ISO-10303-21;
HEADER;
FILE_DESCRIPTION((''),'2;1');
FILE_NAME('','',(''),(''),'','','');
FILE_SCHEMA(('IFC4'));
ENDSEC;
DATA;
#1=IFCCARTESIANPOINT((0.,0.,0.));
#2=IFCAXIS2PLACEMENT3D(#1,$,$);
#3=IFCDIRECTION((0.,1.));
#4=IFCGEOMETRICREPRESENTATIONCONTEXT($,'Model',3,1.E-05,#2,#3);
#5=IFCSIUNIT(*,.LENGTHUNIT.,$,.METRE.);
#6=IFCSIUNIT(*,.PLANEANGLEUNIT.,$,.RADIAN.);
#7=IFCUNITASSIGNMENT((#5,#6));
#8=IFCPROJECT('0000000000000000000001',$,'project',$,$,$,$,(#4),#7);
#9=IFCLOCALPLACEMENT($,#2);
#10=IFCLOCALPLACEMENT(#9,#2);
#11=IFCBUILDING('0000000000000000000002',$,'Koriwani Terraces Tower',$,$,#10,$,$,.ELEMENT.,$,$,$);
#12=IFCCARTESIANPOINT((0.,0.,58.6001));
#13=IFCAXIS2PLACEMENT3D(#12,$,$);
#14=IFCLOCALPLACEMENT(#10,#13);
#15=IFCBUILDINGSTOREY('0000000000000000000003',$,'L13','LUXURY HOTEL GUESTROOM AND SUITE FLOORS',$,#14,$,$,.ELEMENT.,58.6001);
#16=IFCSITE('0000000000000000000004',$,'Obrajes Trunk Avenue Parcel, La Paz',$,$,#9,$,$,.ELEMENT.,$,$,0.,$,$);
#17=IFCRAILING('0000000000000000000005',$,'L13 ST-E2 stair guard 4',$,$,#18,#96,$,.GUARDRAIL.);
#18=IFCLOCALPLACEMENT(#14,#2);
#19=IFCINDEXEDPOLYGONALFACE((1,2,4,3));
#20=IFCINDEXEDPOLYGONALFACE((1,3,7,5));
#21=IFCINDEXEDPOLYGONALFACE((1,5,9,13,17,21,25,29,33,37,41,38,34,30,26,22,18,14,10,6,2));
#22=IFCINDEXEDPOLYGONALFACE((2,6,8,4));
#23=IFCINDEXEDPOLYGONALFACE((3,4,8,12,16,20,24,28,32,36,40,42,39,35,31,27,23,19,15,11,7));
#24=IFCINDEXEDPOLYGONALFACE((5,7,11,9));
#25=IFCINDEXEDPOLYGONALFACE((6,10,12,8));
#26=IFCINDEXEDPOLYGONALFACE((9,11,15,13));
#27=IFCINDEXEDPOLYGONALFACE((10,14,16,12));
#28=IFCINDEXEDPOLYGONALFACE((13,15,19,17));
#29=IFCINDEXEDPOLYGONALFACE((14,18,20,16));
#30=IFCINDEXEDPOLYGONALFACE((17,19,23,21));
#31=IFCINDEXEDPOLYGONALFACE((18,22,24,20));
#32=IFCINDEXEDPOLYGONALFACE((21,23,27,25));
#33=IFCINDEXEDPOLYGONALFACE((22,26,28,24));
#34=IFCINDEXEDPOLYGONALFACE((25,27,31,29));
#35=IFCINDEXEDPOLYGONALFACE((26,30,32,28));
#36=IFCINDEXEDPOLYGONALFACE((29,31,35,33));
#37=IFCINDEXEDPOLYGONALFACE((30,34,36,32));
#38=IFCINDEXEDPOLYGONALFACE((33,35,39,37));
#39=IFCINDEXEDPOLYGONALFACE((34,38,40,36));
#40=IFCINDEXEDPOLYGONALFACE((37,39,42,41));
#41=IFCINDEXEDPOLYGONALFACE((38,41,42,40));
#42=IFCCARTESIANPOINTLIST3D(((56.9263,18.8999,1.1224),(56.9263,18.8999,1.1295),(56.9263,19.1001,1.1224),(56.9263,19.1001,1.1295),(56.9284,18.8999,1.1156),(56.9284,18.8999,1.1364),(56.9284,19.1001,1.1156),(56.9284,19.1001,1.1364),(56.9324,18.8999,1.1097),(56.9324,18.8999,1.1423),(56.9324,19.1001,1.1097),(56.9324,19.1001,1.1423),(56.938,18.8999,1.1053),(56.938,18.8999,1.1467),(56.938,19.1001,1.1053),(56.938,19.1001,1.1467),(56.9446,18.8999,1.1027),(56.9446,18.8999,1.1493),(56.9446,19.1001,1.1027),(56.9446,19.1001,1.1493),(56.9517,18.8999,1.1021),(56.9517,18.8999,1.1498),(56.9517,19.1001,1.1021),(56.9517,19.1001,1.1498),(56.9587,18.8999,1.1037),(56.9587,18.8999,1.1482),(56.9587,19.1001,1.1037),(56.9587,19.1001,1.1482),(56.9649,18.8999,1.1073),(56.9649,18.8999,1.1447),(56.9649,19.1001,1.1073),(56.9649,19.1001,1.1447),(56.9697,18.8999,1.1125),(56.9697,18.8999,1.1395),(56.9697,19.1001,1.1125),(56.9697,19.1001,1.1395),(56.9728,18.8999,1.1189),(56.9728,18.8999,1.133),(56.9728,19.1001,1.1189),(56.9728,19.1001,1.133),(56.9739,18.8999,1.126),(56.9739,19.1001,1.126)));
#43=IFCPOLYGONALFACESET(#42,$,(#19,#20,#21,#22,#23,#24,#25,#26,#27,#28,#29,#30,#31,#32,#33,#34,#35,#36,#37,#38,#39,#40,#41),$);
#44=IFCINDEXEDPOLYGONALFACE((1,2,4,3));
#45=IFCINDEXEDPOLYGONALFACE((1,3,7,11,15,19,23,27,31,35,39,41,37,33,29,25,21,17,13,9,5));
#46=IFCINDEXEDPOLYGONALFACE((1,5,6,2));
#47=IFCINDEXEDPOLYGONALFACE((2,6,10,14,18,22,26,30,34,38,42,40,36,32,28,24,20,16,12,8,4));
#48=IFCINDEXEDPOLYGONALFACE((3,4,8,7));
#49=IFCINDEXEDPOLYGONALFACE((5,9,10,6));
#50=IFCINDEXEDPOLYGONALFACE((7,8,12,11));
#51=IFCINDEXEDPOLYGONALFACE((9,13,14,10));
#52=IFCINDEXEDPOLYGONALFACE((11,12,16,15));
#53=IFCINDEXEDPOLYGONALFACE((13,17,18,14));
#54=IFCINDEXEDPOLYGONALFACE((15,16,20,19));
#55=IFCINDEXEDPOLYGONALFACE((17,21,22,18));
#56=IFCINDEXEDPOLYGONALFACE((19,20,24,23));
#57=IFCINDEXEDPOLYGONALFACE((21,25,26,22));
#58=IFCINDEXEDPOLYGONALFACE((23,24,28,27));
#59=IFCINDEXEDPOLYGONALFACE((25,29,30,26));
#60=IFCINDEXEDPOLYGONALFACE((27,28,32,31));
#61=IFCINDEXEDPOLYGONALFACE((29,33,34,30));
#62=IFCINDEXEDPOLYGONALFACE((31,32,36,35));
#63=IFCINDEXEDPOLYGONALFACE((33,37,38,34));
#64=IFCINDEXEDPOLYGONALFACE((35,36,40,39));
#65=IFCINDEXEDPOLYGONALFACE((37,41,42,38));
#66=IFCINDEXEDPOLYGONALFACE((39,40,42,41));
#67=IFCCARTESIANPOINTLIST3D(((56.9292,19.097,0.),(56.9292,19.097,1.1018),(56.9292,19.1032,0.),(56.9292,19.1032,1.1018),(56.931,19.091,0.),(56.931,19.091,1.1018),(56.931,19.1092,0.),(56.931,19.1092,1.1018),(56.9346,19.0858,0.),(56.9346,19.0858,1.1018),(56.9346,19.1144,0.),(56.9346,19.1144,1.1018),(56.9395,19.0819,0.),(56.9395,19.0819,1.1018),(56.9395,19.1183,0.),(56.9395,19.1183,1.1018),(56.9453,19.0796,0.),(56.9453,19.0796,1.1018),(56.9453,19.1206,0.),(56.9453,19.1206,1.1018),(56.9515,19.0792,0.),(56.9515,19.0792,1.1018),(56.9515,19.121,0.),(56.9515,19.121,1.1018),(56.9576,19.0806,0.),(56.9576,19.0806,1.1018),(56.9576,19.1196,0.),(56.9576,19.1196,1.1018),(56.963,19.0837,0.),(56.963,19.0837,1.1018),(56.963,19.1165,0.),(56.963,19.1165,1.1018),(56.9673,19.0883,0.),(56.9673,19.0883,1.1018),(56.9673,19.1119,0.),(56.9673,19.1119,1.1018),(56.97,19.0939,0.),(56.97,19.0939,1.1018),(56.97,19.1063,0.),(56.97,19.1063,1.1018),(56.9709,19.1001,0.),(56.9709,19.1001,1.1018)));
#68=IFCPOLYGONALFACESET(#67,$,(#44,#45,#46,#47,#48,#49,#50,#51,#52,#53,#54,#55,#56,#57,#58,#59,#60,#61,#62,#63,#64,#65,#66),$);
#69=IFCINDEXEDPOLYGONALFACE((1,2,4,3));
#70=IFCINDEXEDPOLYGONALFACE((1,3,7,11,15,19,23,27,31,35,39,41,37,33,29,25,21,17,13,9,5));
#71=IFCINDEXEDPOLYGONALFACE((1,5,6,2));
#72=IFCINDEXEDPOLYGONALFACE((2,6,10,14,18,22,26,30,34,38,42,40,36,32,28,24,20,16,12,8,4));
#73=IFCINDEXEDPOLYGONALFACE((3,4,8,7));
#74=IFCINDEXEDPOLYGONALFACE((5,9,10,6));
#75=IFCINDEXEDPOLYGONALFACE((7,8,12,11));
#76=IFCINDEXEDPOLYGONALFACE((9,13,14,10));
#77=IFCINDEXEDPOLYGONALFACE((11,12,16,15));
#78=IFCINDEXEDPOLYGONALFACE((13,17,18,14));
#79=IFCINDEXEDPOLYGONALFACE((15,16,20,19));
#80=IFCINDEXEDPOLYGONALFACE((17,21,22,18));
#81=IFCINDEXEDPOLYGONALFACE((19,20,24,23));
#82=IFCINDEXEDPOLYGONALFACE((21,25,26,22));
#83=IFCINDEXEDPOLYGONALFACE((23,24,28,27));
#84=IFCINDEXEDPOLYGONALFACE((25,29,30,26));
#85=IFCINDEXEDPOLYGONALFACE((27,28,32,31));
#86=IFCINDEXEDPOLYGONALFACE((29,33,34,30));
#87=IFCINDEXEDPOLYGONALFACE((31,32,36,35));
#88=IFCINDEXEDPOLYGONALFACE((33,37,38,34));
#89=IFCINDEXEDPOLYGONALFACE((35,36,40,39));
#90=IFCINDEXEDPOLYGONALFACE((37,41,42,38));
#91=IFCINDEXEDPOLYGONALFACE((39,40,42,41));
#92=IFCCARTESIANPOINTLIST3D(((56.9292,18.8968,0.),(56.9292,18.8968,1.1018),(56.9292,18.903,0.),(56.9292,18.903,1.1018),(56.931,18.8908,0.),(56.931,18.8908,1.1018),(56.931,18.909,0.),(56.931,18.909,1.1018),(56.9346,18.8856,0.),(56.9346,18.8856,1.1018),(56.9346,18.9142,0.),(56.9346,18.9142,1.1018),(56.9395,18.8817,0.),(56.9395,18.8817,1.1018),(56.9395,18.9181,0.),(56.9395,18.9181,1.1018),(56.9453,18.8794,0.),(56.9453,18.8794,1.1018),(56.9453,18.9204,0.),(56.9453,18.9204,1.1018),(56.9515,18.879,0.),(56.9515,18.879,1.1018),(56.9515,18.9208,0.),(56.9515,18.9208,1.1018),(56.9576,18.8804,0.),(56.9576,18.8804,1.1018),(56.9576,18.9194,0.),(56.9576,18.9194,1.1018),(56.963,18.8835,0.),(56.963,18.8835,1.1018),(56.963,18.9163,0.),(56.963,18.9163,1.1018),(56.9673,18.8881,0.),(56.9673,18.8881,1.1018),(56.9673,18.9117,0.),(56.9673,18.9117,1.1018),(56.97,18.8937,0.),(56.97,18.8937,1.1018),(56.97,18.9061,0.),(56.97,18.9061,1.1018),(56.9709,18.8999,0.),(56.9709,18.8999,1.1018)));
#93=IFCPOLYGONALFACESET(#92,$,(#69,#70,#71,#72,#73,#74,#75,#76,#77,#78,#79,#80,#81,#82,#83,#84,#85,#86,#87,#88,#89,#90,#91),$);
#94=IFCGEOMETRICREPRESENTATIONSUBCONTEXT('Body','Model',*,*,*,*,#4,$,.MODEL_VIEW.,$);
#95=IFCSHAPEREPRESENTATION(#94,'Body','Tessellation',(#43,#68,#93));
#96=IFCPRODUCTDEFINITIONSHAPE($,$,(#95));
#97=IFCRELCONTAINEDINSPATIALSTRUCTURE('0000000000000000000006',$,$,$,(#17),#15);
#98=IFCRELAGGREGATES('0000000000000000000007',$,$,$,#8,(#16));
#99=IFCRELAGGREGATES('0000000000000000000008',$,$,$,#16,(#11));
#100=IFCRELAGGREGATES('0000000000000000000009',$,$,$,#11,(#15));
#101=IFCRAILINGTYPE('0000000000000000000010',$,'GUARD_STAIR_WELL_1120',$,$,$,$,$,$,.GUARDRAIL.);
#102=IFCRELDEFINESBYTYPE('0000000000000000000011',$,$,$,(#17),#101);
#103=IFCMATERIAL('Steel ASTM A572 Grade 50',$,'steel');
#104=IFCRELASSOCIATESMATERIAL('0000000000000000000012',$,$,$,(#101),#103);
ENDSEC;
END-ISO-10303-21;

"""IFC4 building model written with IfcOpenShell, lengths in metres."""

from ifc_helpers import new_model, si_unit, direction, frame, origin, origin_2d, place, context, subcontext, project, spatial, circle, extrude, material, type_object, element, save


model = new_model("IFC4")

# Units and contexts
model_context = context("Model", 3, precision=1e-05, world=origin(), true_north=direction((0.0, 1.0)))
body_context = subcontext(model_context, "Body", "Model", "MODEL_VIEW")
ifc_project = project(units=[si_unit("LENGTHUNIT", "METRE"), si_unit("PLANEANGLEUNIT", "RADIAN")], contexts=[model_context])

# Site, building, storey
site_placement = place(None, origin())
site = spatial("IfcSite", under=ifc_project, at=site_placement, Name="Obrajes Trunk Avenue Parcel, La Paz", CompositionType="ELEMENT", RefElevation=0.0)
building_placement = place(site_placement, origin())
building = spatial("IfcBuilding", under=site, at=building_placement, Name="Koriwani Terraces Tower", CompositionType="ELEMENT")
storey_placement = place(building_placement, frame((0.0, 0.0, 58.6001)))
storey = spatial("IfcBuildingStorey", under=building, at=storey_placement, Name="L13", Description="LUXURY HOTEL GUESTROOM AND SUITE FLOORS", CompositionType="ELEMENT", Elevation=58.6001)

# Shared definitions
ifc_material_1 = material(Name="Steel ASTM A572 Grade 50", Category="steel")

# Railing
railing_type_1 = type_object("IfcRailingType", Name="GUARD_STAIR_WELL_1120", PredefinedType="GUARDRAIL", material=ifc_material_1)
railing_1_placement = place(storey_placement, frame((56.95, 19.1001, 0.0)))
element("IfcRailing", 1, at=railing_1_placement, inside=storey, type_object=railing_type_1, Name="L13 ST-E2 stair guard 4", PredefinedType="GUARDRAIL", context=body_context, shape_type="SweptSolid", body=[
    extrude(circle(Radius=0.0239, at=origin_2d()), frame((0.0, 0.0, 1.126), z_axis=(0.0, -1.0, 0.0), x_axis=(1.0, 0.0, 0.0)), (0.0, 0.0, 1.0), 0.2002),
    extrude(circle(Radius=0.021, at=origin_2d()), origin(), (0.0, 0.0, 1.0), 1.1018),
    extrude(circle(Radius=0.021, at=origin_2d()), frame((0.0, -0.2002, 0.0)), (0.0, 0.0, 1.0), 1.1018),
])

save(model, "model.ifc")
